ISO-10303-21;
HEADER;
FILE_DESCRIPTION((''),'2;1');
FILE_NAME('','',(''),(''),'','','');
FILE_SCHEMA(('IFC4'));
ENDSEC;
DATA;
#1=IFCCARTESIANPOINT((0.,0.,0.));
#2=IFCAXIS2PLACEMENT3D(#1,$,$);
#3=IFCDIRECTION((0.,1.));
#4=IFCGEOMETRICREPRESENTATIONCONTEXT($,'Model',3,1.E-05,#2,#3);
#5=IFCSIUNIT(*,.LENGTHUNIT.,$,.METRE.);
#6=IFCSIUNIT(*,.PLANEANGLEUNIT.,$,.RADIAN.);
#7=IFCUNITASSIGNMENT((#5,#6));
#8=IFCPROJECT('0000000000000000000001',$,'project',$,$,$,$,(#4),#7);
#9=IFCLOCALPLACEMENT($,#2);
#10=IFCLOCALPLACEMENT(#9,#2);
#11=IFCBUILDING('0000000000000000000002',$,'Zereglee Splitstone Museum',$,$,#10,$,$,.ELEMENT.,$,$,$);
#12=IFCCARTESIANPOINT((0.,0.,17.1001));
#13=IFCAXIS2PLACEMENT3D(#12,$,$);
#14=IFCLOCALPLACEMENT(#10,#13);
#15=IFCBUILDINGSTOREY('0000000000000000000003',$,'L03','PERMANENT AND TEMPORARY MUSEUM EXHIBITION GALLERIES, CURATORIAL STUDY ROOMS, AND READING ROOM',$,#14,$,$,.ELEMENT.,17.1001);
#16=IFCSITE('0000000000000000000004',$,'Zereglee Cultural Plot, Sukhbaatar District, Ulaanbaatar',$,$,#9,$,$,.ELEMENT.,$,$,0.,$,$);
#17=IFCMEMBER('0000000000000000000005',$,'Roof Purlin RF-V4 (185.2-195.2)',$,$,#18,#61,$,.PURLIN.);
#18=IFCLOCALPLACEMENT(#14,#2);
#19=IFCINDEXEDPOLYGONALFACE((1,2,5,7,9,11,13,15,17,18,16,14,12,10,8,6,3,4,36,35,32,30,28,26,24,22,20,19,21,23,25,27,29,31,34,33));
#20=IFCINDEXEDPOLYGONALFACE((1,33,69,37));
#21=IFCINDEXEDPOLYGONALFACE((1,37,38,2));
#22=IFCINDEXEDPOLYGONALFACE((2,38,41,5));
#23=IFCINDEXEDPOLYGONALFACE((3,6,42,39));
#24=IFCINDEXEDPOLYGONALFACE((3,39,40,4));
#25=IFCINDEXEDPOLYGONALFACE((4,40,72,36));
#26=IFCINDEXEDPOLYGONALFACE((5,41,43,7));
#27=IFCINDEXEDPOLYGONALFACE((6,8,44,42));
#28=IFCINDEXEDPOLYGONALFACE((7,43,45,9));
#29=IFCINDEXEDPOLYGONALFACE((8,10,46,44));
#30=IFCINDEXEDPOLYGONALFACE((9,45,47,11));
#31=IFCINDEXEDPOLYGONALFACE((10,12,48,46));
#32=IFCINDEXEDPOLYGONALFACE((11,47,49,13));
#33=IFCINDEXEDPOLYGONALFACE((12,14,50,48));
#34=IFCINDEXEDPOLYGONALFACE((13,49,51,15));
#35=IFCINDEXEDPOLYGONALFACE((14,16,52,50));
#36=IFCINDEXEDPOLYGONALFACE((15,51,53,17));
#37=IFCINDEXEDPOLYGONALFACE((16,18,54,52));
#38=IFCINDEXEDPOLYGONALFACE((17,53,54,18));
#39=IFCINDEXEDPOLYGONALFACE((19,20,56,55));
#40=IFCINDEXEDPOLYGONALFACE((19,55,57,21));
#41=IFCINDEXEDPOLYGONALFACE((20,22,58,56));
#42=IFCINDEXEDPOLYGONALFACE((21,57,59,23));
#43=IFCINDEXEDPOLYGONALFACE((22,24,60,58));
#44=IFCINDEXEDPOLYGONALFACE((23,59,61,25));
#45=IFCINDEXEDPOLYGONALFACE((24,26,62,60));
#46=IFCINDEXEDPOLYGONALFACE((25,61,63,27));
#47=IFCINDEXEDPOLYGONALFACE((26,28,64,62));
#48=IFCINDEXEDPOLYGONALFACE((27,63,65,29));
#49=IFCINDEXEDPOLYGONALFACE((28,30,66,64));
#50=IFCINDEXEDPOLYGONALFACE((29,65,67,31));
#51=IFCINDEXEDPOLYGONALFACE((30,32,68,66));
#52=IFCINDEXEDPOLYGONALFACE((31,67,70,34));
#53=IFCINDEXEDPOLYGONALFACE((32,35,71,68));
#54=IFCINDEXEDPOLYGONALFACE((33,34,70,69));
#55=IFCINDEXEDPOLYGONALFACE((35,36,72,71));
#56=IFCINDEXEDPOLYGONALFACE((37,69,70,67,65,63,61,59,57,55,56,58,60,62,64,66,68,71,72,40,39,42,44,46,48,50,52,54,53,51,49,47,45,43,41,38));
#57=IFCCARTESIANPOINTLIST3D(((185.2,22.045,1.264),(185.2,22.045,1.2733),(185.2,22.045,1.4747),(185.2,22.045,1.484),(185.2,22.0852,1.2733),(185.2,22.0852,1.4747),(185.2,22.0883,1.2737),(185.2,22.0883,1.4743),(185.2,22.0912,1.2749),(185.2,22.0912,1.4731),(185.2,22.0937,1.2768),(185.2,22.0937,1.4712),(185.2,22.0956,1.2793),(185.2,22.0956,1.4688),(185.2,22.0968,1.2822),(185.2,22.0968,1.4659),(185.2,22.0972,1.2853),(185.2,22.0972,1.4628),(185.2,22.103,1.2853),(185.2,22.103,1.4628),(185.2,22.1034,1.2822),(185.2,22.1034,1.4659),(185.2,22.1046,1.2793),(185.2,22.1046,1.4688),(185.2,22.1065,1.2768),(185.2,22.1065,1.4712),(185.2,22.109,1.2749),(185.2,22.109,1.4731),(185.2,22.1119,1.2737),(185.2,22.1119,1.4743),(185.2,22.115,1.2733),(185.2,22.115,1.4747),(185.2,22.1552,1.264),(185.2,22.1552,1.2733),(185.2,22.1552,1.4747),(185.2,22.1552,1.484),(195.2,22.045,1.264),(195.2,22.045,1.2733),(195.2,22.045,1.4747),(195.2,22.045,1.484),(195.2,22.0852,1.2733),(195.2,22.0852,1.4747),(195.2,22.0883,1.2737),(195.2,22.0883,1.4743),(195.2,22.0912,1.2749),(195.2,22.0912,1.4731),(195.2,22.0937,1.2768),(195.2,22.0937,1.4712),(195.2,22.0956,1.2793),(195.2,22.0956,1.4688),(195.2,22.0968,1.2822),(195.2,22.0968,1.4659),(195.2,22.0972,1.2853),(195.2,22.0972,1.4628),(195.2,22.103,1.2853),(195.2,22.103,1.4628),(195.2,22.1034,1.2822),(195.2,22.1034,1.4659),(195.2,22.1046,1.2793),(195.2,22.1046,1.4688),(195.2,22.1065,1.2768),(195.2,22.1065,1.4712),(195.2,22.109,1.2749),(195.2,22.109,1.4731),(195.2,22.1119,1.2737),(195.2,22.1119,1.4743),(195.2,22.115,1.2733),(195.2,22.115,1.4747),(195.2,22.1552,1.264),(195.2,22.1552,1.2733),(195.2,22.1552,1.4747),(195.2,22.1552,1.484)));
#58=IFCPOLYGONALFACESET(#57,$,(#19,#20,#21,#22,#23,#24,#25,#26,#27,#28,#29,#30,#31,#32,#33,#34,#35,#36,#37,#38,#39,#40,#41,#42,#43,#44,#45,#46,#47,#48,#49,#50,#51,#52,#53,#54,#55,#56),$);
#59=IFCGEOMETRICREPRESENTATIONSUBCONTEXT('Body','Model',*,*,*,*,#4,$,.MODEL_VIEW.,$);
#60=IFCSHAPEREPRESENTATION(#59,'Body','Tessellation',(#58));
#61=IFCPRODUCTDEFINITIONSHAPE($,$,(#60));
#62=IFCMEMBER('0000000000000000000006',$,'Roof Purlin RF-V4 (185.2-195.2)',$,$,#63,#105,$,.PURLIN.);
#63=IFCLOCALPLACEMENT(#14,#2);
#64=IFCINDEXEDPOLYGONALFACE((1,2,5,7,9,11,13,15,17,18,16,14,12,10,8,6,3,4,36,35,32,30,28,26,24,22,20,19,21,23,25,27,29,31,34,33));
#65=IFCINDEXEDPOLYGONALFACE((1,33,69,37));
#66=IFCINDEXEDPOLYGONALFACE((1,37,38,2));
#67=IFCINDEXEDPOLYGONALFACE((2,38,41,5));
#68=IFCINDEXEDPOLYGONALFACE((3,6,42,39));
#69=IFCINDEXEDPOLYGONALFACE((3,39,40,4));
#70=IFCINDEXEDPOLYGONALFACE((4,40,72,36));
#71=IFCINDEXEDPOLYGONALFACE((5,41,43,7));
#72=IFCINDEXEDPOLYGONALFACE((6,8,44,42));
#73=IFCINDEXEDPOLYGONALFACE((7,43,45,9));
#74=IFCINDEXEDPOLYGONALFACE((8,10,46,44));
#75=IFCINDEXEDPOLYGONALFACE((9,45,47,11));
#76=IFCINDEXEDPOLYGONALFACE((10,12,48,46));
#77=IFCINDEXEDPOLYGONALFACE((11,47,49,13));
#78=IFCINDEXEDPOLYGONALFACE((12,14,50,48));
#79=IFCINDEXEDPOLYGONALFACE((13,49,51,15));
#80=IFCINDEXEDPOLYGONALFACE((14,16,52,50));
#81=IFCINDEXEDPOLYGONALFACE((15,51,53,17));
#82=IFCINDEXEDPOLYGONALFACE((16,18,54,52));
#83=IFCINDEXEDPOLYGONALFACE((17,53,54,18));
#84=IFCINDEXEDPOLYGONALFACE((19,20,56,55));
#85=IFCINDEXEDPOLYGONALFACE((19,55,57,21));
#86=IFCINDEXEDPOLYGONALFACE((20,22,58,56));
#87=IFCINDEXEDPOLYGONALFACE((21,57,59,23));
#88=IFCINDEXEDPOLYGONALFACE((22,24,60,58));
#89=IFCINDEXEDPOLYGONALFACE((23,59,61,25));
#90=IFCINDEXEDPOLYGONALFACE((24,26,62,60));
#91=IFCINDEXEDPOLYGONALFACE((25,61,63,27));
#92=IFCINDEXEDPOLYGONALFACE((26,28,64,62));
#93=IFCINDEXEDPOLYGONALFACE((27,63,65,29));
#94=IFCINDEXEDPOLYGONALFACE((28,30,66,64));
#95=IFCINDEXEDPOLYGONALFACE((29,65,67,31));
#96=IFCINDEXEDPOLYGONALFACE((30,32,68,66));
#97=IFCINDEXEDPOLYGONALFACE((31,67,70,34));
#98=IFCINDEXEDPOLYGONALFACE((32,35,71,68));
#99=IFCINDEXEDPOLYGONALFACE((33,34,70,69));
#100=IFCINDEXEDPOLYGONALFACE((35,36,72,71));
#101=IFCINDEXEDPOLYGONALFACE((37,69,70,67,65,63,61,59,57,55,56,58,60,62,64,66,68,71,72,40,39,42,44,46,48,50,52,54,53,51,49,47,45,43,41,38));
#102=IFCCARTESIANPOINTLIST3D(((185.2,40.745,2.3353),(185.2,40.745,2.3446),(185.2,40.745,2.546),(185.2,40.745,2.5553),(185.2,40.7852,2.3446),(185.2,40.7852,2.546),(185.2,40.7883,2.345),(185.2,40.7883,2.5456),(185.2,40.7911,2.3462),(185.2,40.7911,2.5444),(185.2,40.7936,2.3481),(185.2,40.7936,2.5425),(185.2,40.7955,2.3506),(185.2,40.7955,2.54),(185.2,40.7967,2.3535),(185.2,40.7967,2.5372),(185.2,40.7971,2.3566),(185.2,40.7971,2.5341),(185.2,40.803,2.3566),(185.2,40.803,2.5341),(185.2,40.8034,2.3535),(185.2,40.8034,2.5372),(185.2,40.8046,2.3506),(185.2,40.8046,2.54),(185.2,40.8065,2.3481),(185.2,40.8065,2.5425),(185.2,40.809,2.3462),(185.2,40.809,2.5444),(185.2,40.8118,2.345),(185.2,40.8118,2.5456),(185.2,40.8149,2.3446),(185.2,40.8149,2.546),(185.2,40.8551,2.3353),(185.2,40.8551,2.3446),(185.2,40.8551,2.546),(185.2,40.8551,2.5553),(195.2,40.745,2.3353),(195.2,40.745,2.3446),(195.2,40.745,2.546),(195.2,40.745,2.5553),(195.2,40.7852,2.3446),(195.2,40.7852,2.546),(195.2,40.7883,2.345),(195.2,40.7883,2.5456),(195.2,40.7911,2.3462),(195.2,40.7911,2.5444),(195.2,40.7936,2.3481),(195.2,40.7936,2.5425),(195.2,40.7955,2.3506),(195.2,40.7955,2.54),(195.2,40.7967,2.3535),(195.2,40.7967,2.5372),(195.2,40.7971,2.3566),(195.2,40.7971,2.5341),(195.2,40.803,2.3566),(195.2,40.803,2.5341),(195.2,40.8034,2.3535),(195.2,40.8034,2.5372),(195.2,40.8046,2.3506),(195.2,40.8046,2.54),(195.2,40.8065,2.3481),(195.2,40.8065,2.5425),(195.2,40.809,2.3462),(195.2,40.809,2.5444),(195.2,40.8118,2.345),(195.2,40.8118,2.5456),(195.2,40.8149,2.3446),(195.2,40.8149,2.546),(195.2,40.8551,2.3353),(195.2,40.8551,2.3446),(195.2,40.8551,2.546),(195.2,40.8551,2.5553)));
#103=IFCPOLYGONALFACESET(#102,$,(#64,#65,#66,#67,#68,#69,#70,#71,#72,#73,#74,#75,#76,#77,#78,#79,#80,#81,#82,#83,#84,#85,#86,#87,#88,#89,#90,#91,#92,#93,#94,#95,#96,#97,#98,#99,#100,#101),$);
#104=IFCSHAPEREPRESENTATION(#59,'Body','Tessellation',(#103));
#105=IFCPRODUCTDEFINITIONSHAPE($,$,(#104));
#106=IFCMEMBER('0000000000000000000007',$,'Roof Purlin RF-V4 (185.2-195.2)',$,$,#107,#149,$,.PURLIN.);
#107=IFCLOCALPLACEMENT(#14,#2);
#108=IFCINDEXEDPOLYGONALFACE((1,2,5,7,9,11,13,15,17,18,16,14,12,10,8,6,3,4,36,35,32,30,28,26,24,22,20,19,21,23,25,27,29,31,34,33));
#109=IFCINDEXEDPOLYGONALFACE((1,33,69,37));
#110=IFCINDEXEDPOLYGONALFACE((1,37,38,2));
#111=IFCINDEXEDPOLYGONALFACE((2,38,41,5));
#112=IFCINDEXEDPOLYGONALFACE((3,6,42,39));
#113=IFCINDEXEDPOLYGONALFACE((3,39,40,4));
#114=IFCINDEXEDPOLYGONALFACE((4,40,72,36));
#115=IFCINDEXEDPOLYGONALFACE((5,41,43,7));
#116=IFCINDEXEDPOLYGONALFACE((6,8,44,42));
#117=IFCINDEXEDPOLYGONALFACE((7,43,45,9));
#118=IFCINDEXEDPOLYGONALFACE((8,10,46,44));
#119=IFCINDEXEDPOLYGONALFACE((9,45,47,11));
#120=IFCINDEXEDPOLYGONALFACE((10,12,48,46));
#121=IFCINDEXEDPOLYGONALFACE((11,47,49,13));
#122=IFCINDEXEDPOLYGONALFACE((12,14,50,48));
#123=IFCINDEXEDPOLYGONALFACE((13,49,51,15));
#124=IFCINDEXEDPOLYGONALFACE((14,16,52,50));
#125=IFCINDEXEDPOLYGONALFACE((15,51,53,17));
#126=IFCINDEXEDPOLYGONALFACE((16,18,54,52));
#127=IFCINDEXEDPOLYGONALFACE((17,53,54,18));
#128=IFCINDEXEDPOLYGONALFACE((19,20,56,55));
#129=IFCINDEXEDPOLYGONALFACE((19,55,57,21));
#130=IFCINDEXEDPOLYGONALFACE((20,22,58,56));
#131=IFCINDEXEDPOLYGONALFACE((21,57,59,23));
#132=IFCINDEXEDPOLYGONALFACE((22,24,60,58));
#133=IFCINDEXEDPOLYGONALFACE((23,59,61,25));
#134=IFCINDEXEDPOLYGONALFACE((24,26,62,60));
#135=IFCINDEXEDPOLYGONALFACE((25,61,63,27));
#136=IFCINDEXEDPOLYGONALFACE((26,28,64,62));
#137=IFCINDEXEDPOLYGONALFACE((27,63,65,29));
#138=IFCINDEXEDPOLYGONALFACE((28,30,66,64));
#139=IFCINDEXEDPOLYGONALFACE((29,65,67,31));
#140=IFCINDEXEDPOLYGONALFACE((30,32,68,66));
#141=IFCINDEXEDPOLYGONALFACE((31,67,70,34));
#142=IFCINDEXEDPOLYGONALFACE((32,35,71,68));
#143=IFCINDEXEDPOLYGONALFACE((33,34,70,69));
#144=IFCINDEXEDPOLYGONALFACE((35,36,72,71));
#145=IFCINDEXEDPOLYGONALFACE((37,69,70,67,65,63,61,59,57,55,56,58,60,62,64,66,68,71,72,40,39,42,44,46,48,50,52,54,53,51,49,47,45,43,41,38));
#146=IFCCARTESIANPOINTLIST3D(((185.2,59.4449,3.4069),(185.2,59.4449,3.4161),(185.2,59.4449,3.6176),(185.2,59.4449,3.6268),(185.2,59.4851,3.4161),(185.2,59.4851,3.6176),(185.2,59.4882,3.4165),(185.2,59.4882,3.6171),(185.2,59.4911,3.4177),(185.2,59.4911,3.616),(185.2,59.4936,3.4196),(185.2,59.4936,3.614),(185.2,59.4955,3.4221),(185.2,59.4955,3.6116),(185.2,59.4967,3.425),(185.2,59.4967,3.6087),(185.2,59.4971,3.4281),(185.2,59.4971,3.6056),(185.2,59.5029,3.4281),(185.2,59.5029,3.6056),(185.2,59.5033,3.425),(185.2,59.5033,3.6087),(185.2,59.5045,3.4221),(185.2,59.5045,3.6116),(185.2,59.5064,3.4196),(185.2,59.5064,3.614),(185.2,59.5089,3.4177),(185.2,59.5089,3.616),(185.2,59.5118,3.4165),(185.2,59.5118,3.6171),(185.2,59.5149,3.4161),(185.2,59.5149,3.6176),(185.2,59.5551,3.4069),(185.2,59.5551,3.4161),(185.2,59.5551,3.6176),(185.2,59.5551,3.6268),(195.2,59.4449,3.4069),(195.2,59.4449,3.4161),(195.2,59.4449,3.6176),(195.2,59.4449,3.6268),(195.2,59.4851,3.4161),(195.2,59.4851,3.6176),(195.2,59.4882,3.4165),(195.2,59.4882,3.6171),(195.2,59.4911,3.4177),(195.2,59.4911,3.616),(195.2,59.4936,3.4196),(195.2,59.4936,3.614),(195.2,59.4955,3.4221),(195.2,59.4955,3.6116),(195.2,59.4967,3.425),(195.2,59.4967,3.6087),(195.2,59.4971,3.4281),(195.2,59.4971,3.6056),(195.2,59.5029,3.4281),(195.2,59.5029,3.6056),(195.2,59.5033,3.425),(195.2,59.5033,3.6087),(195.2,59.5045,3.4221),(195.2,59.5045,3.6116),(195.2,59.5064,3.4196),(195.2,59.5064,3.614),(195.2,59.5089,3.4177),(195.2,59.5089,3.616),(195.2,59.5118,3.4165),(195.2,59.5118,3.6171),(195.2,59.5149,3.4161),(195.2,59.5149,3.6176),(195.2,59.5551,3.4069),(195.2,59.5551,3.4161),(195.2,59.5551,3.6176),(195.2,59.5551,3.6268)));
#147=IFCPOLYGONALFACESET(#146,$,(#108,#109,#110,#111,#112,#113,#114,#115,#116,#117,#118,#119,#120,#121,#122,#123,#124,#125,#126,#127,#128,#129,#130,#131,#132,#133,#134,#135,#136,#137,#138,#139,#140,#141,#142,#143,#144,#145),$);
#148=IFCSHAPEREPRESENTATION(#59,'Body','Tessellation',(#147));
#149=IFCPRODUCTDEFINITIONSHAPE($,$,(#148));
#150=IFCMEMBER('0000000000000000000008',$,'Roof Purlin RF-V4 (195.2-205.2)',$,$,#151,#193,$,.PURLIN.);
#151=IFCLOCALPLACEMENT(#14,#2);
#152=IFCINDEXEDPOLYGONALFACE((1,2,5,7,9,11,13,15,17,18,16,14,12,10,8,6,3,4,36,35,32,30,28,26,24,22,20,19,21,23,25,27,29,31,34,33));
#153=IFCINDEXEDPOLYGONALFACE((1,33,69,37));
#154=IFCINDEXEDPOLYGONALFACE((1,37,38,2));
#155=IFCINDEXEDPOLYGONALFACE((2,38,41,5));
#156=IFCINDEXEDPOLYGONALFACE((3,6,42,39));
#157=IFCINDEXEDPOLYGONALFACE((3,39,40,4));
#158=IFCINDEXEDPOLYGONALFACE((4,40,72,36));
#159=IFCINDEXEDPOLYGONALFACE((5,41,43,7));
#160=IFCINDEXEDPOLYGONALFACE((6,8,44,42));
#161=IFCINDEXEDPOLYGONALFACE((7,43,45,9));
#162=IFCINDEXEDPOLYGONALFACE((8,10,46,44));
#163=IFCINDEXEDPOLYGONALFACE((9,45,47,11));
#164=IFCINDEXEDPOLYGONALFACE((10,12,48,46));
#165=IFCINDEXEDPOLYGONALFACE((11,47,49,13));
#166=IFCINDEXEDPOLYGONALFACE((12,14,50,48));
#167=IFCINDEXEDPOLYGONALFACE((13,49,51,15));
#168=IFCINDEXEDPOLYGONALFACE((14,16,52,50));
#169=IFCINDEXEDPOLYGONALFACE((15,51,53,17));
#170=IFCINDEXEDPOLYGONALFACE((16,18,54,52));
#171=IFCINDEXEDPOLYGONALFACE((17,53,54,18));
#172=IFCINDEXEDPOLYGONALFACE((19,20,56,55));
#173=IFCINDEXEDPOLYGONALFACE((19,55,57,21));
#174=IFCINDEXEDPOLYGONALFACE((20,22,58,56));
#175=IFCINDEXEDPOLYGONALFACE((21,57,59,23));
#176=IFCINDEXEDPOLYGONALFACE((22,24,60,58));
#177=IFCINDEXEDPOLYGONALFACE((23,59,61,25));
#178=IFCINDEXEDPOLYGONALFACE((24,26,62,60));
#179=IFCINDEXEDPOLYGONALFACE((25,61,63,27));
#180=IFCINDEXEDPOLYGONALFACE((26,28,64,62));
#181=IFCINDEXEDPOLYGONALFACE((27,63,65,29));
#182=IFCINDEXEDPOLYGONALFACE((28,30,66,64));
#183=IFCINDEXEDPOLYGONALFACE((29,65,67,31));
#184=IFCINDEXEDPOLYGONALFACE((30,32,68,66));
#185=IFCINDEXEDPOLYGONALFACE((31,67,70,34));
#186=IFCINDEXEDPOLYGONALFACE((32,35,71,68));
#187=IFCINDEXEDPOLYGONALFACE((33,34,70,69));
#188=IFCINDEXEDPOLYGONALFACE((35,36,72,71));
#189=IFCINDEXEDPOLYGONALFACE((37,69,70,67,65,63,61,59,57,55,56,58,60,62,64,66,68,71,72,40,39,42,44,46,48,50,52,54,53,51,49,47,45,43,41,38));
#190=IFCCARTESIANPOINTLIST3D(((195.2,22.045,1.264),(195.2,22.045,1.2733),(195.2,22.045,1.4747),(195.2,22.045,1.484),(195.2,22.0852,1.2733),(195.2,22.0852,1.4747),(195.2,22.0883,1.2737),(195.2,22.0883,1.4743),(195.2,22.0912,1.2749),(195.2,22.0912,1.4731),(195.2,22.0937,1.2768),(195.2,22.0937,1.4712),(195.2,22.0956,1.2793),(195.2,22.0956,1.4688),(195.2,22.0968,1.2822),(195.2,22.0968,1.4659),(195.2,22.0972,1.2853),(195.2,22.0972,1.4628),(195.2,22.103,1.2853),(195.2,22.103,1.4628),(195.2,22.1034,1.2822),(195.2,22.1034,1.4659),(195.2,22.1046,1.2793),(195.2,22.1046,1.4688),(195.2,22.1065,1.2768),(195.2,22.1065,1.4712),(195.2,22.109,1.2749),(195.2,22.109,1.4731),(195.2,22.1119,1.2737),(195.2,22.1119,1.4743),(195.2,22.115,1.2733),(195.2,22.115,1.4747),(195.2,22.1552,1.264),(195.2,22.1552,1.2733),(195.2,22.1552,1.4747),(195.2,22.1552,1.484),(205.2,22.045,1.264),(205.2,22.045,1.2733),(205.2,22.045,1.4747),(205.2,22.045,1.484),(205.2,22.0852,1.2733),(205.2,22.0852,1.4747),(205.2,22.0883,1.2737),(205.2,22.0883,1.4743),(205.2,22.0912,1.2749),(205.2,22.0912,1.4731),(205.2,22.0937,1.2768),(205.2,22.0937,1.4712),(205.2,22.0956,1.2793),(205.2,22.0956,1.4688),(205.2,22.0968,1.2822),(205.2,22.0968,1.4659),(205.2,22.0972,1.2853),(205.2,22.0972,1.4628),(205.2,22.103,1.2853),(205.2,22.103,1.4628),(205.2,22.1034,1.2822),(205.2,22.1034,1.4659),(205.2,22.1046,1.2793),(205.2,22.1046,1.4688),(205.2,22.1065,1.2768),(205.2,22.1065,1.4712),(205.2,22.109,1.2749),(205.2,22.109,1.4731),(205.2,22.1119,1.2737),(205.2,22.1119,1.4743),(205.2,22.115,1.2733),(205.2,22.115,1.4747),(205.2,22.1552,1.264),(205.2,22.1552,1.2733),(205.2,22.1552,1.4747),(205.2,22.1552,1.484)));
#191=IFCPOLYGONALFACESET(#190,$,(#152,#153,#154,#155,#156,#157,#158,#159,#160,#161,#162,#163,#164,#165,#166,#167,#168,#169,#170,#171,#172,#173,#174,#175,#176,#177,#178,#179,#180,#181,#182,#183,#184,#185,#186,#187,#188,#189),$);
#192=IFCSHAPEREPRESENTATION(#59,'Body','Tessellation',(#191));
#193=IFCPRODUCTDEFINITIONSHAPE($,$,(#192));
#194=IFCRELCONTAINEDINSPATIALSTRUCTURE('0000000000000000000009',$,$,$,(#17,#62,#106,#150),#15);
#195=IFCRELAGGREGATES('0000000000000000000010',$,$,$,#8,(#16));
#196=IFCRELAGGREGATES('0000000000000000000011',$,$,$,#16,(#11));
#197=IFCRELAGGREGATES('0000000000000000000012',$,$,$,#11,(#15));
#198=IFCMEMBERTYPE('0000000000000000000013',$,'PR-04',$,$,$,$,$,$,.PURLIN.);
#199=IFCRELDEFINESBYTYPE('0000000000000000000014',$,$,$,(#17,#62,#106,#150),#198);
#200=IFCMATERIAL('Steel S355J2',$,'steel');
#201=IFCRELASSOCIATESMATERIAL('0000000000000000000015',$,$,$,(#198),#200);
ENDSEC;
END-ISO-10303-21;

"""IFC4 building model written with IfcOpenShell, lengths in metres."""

from ifc_helpers import new_model, si_unit, direction, frame, origin, origin_2d, place, context, subcontext, project, spatial, i_section, extrude, material, material_profile, profile_set, type_object, element, save


model = new_model("IFC4")

# Units and contexts
model_context = context("Model", 3, precision=1e-05, world=origin(), true_north=direction((0.0, 1.0)))
body_context = subcontext(model_context, "Body", "Model", "MODEL_VIEW")
ifc_project = project(units=[si_unit("LENGTHUNIT", "METRE"), si_unit("PLANEANGLEUNIT", "RADIAN")], contexts=[model_context])

# Site, building, storey
site_placement = place(None, origin())
site = spatial("IfcSite", under=ifc_project, at=site_placement, Name="Zereglee Cultural Plot, Sukhbaatar District, Ulaanbaatar", CompositionType="ELEMENT", RefElevation=0.0)
building_placement = place(site_placement, origin())
building = spatial("IfcBuilding", under=site, at=building_placement, Name="Zereglee Splitstone Museum", CompositionType="ELEMENT")
storey_placement = place(building_placement, frame((0.0, 0.0, 17.1001)))
storey = spatial("IfcBuildingStorey", under=building, at=storey_placement, Name="L03", Description="PERMANENT AND TEMPORARY MUSEUM EXHIBITION GALLERIES, CURATORIAL STUDY ROOMS, AND READING ROOM", CompositionType="ELEMENT", Elevation=17.1001)

# Shared definitions
ifc_material_1 = material(Name="Steel S355J2", Category="steel")

# Members
ifc_material_profile_1 = material_profile(ifc_material_1, i_section(OverallWidth=0.1101, OverallDepth=0.22, WebThickness=0.0059, FlangeThickness=0.0093, FilletRadius=0.012, at=origin_2d()), Name="IPE 220")
ifc_profile_set_1 = profile_set([ifc_material_profile_1], Name="Steel S355J2")
member_type = type_object("IfcMemberType", Name="PR-04", PredefinedType="PURLIN", material=ifc_profile_set_1)
for number, where, z_axis, x_axis, name in (
    (1, (185.2, 22.1001, 1.374), (1.0, 0.0, 0.0), (0.0, 1.0, 0.0), "Roof Purlin RF-V4 (185.2-195.2)"),
    (2, (185.2, 40.8, 2.4453), (1.0, 0.0, 0.0), (0.0, 1.0, 0.0), "Roof Purlin RF-V4 (185.2-195.2)"),
    (3, (185.2, 59.5, 3.5168), (1.0, 0.0, 0.0), (0.0, 1.0, 0.0), "Roof Purlin RF-V4 (185.2-195.2)"),
    (4, (195.2, 22.1001, 1.374), (1.0, 0.0, 0.0), (0.0, 1.0, 0.0), "Roof Purlin RF-V4 (195.2-205.2)"),
):
    element("IfcMember", number, at=place(storey_placement, frame(where, z_axis=z_axis, x_axis=x_axis)), inside=storey, type_object=member_type, Name=name, PredefinedType="PURLIN", context=body_context, shape_type="SweptSolid", body=[
        extrude(i_section(OverallWidth=0.1101, OverallDepth=0.22, WebThickness=0.0059, FlangeThickness=0.0093, FilletRadius=0.012, at=origin_2d()), origin(), (0.0, 0.0, 1.0), 10.0),
    ])

save(model, "model.ifc")
